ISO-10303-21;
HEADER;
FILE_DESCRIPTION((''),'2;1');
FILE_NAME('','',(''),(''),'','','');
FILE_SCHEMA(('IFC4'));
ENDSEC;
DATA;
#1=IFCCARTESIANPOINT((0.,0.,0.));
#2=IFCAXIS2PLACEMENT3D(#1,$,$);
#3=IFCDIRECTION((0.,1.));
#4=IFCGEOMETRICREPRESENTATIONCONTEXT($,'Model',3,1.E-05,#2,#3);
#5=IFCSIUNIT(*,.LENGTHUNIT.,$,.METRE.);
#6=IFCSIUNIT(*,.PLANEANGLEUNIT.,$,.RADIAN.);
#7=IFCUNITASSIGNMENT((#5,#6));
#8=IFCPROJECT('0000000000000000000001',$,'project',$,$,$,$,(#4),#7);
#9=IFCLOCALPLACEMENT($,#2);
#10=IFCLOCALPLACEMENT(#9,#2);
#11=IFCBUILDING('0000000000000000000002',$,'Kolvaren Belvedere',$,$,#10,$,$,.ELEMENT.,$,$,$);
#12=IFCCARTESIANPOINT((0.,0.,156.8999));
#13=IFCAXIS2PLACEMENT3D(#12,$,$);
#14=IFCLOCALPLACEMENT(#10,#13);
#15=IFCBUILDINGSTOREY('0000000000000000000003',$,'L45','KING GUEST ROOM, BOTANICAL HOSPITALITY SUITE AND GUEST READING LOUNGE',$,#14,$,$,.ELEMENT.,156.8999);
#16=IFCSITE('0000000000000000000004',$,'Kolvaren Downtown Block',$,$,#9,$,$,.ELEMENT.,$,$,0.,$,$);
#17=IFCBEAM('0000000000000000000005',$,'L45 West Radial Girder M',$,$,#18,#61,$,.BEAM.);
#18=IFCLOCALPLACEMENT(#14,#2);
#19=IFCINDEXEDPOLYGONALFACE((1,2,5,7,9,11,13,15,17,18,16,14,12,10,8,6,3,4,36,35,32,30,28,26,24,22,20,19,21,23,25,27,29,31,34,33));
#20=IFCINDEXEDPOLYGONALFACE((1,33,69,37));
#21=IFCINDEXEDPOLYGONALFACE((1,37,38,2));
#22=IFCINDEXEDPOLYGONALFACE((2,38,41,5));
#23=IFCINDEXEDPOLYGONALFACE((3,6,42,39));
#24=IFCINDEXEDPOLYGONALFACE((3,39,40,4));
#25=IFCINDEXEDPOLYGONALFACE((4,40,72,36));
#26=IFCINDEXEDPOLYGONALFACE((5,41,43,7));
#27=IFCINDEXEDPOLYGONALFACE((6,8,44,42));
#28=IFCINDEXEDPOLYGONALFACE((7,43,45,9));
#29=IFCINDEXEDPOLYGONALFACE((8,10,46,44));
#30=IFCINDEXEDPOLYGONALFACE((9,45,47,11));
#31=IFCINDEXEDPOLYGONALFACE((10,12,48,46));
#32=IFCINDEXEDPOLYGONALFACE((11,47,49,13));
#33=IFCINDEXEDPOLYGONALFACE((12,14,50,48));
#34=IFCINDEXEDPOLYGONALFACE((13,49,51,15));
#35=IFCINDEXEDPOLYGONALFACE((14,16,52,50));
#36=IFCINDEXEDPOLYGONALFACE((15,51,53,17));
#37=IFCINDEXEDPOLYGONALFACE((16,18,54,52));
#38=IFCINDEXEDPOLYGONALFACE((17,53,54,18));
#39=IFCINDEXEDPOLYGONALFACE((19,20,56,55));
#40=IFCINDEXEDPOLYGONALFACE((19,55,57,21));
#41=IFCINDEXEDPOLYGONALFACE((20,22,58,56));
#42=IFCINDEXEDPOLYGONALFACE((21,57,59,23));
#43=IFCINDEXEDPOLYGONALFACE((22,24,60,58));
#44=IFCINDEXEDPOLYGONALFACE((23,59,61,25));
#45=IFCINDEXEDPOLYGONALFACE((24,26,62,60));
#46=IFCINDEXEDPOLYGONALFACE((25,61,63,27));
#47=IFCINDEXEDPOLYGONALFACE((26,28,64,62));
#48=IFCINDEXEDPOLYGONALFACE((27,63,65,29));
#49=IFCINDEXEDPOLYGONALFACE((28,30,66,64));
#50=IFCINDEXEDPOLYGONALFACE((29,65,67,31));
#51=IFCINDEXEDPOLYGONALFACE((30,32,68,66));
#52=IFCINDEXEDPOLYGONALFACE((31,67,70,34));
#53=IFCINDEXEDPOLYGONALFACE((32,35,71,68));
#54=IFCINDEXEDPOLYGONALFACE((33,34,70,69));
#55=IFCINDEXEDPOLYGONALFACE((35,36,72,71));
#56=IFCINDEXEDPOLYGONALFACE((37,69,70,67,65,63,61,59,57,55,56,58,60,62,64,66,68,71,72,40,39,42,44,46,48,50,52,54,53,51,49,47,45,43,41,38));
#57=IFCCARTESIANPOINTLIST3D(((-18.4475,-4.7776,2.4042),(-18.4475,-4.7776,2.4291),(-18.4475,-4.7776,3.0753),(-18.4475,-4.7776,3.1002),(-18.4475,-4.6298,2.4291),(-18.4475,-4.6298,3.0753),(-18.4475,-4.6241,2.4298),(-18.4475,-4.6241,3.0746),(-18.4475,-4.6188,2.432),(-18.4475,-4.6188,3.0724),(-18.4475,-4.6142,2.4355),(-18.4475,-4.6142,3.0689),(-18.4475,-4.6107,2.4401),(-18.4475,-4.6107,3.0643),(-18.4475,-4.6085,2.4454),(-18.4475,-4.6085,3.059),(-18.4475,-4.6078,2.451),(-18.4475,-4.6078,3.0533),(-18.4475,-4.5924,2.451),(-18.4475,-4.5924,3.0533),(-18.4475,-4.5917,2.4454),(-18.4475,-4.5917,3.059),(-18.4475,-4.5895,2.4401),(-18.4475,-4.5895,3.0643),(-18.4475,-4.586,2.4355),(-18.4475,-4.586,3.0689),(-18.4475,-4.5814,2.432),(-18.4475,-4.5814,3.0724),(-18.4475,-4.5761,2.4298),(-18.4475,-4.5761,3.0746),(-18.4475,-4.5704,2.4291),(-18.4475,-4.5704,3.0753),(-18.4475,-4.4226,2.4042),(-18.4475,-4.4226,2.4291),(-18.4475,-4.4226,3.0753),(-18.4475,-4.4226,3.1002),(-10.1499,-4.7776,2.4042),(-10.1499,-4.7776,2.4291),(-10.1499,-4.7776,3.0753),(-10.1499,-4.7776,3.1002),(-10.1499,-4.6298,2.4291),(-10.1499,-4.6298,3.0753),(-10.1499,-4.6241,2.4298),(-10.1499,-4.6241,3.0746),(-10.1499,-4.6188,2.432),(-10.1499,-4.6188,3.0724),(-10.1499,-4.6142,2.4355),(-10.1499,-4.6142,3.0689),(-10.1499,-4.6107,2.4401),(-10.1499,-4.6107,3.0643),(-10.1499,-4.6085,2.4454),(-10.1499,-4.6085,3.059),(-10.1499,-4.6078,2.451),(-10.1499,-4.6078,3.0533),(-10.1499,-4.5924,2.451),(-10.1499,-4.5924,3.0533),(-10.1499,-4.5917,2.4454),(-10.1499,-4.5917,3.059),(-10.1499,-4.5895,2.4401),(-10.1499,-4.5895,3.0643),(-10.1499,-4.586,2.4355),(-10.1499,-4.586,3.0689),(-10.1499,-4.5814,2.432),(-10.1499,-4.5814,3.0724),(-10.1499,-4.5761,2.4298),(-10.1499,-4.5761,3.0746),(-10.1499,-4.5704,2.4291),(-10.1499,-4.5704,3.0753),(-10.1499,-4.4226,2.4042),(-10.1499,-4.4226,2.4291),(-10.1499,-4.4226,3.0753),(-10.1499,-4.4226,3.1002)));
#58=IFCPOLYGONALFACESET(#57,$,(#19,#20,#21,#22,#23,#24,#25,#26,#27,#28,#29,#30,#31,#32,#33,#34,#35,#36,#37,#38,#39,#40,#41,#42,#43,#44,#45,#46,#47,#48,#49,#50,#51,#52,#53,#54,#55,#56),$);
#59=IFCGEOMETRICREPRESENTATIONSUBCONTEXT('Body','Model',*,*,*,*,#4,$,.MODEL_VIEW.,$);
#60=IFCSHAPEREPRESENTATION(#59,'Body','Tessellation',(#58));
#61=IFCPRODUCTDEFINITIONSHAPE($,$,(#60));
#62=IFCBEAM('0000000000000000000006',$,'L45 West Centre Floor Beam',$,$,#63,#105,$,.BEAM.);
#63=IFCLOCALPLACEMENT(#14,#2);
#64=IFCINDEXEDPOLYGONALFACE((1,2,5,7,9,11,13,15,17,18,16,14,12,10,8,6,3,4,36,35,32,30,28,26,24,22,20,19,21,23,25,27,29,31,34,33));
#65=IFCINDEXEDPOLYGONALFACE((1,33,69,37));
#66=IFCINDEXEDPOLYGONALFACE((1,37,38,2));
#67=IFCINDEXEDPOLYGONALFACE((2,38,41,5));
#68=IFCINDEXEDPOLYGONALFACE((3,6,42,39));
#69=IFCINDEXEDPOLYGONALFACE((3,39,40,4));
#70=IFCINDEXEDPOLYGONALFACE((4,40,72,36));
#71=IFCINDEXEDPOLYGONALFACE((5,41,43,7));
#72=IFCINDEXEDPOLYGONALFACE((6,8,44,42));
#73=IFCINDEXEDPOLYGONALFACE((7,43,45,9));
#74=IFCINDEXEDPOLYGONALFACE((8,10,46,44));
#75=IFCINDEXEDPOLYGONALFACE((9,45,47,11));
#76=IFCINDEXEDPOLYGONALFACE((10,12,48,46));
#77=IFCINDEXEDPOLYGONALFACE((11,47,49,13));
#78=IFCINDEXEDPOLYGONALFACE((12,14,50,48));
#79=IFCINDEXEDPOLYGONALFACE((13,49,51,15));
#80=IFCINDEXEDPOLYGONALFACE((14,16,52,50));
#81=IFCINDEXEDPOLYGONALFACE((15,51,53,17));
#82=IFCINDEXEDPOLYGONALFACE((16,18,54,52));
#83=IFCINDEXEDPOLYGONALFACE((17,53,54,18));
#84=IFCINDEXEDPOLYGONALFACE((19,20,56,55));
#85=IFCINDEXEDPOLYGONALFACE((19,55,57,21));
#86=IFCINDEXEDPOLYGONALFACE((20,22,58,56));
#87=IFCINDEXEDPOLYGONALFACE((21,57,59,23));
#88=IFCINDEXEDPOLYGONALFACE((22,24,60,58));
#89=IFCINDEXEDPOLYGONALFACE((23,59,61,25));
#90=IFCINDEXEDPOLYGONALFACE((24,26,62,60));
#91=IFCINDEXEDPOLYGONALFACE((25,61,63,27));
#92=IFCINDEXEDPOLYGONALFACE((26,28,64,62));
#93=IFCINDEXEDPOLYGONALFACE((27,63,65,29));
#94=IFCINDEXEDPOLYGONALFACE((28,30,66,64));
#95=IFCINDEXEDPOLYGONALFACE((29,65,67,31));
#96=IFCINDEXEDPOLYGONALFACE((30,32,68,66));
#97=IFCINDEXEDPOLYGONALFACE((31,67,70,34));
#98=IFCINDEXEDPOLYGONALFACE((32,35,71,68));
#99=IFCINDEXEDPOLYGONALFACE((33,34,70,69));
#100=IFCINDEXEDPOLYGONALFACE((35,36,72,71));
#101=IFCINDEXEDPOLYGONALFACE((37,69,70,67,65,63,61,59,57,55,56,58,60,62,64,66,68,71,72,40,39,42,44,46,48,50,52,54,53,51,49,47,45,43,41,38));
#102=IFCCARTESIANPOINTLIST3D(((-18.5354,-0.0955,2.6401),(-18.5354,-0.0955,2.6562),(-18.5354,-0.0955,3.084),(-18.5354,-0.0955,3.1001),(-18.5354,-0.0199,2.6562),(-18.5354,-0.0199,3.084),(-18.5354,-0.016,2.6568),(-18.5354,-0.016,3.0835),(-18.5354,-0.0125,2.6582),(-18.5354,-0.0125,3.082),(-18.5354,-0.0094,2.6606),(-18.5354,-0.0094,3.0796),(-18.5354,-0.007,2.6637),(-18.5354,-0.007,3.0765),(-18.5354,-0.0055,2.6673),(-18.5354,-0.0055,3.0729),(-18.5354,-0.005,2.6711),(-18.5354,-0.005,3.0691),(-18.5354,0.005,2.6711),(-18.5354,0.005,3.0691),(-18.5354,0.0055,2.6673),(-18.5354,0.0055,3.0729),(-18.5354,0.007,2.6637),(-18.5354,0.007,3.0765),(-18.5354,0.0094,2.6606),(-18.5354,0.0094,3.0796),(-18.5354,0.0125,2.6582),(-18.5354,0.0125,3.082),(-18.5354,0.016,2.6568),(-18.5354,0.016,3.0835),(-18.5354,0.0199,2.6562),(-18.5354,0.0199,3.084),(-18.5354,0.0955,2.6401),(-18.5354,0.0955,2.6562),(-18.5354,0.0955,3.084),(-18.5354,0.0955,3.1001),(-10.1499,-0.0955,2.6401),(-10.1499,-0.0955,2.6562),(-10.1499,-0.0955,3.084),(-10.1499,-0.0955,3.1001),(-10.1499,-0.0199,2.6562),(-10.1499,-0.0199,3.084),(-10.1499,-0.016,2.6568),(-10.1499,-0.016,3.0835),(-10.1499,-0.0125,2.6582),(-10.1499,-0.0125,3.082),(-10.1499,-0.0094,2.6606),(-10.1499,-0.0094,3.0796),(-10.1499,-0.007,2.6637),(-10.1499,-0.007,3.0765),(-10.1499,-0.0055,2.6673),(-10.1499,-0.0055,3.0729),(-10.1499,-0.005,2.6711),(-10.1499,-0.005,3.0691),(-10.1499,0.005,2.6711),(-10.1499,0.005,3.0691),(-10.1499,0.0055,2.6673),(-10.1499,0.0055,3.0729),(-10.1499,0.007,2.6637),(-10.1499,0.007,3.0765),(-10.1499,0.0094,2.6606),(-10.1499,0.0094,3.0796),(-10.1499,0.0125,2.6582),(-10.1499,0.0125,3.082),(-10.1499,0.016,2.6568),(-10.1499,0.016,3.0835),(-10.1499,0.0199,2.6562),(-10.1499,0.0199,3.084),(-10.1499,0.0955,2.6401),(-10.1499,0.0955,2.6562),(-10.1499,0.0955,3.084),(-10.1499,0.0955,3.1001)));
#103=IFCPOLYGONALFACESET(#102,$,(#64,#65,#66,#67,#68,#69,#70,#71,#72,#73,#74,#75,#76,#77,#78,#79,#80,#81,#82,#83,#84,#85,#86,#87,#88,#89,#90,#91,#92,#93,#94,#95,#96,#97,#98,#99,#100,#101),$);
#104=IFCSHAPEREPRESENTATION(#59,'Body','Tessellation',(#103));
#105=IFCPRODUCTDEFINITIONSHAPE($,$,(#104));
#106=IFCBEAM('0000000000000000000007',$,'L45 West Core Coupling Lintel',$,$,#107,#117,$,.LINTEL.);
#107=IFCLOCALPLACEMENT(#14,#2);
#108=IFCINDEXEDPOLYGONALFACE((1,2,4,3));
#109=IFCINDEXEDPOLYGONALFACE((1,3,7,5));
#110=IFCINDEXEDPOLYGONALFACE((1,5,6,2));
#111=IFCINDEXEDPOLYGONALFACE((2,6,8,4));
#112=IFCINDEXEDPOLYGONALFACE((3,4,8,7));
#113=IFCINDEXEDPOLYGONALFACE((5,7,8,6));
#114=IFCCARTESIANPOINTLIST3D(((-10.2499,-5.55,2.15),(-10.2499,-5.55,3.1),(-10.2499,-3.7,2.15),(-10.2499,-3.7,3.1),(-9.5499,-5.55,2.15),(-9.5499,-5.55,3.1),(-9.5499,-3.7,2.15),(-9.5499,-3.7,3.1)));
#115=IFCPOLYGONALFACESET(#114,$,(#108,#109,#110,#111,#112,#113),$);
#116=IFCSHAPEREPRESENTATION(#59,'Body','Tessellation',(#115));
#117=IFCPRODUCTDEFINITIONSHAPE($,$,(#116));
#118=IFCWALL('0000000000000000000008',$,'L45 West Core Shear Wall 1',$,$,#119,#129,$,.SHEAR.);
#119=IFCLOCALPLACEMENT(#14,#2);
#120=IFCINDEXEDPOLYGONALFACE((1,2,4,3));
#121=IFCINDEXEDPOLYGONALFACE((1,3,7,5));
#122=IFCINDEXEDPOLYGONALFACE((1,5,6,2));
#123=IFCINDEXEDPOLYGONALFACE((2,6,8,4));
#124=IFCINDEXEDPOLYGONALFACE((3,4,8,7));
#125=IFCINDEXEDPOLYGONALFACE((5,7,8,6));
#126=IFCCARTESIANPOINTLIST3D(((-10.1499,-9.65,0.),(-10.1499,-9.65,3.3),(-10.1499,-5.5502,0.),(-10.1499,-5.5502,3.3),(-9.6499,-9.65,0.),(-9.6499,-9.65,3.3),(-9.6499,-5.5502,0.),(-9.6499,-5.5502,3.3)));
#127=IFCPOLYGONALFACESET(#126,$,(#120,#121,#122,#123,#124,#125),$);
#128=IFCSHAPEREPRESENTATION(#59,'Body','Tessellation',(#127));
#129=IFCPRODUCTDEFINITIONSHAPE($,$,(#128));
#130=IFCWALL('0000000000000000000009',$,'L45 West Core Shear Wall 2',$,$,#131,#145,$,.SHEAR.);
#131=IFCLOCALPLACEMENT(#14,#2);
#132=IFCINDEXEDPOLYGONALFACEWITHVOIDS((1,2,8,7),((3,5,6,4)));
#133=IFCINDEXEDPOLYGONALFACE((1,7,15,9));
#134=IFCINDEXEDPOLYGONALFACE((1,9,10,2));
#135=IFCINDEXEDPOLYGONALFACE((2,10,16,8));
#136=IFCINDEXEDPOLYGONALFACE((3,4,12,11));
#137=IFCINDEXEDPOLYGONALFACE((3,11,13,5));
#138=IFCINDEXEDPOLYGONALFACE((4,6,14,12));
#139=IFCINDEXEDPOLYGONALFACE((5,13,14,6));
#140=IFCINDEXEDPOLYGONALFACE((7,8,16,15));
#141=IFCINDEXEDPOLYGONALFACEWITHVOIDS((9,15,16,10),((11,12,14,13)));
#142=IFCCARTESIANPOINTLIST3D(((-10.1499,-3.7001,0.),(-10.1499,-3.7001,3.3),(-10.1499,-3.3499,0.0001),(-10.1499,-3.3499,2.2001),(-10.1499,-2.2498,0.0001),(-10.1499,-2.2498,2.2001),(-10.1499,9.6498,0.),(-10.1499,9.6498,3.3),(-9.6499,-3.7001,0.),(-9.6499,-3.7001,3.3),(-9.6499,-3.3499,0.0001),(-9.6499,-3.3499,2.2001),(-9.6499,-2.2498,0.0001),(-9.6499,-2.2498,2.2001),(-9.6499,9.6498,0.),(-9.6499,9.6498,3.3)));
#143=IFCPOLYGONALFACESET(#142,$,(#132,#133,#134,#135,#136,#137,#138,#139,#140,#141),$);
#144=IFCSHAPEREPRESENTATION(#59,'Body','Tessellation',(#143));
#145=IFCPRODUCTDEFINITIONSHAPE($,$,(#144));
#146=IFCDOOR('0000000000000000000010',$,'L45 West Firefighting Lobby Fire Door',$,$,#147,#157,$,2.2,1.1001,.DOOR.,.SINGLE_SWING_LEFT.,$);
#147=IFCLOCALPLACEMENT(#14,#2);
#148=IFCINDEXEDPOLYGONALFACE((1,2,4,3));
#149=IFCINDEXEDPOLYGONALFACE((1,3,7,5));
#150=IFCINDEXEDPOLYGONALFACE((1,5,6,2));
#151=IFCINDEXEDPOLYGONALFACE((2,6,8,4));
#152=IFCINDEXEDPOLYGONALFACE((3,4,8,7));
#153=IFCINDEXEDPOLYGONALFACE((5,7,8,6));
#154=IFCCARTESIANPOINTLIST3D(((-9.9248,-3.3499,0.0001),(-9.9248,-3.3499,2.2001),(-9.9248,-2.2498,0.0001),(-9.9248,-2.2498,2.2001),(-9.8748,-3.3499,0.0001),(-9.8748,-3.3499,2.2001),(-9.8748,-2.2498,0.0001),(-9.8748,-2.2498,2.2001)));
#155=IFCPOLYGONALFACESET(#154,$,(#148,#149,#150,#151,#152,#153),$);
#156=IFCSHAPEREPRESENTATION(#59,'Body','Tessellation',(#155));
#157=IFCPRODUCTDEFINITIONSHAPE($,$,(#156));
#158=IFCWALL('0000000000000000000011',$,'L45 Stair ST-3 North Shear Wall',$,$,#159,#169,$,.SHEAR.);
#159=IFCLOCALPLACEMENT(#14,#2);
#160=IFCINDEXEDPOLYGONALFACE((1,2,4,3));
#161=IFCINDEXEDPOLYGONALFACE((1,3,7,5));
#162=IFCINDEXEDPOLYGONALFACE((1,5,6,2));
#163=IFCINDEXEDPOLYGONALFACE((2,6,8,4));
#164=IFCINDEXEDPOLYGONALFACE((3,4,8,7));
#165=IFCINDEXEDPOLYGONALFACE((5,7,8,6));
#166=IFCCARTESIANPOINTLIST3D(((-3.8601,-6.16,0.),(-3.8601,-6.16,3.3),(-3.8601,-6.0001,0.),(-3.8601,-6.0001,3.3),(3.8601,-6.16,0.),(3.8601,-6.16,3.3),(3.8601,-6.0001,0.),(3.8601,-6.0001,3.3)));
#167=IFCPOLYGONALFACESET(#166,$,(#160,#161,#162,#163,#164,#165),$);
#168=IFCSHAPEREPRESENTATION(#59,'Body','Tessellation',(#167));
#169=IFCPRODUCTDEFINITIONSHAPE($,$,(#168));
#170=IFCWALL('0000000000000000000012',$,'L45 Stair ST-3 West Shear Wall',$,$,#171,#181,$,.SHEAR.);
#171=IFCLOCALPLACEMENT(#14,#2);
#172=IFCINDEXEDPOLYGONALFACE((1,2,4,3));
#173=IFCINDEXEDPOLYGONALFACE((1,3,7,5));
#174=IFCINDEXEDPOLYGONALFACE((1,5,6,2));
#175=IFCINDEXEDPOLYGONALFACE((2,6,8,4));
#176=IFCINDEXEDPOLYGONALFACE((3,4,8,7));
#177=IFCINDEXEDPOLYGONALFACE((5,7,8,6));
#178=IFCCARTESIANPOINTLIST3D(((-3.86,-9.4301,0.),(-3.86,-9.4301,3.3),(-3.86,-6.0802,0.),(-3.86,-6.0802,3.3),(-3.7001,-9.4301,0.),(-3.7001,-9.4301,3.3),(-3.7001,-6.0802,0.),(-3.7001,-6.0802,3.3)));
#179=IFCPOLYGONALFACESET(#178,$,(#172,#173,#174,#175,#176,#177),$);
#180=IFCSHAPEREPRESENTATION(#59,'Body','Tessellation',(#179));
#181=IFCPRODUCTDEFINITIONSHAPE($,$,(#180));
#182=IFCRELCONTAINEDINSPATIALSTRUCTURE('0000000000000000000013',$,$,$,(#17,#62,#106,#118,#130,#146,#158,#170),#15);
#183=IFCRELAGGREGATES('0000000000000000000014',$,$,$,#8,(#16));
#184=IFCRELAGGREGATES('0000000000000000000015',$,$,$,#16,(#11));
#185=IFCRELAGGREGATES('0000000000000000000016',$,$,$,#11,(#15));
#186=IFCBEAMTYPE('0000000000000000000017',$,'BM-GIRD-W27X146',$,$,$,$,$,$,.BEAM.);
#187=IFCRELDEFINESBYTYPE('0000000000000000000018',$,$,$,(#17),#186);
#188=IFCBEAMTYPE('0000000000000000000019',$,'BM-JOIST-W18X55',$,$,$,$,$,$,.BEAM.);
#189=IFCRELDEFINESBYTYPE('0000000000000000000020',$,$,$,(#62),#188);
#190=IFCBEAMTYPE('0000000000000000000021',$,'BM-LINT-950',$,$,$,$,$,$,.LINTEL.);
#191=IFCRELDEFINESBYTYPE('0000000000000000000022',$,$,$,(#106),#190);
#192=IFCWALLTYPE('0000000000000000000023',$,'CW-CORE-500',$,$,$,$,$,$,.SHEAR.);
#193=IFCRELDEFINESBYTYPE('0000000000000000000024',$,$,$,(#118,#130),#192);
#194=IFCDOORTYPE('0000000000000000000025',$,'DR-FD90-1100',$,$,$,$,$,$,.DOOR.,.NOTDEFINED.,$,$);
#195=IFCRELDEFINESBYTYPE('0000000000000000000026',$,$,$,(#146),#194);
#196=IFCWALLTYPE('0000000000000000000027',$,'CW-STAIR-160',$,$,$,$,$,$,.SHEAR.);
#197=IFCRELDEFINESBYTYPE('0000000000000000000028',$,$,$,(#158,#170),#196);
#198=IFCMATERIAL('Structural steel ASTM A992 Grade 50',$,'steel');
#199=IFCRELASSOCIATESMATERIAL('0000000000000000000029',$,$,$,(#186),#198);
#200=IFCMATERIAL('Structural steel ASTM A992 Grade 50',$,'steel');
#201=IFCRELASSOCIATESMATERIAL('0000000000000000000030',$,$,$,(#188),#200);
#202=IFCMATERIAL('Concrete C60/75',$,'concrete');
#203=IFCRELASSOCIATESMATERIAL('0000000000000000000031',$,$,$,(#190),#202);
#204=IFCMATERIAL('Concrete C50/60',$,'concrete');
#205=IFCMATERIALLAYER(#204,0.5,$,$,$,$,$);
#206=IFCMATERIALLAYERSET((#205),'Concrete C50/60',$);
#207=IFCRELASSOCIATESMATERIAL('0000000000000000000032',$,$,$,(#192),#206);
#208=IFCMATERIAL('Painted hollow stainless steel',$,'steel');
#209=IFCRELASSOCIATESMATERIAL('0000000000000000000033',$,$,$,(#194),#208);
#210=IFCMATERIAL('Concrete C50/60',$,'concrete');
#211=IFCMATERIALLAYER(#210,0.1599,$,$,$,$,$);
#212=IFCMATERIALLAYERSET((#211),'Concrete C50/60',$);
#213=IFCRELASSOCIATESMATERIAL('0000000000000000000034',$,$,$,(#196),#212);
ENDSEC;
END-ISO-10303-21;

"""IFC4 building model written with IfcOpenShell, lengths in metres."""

from ifc_helpers import new_model, si_unit, direction, frame, frame_2d, origin, origin_2d, place, context, subcontext, project, spatial, rectangle, i_section, extrude, material, layer, layer_set, material_profile, profile_set, type_object, element, fill, save


model = new_model("IFC4")

# Units and contexts
model_context = context("Model", 3, precision=1e-05, world=origin(), true_north=direction((0.0, 1.0)))
body_context = subcontext(model_context, "Body", "Model", "MODEL_VIEW")
ifc_project = project(units=[si_unit("LENGTHUNIT", "METRE"), si_unit("PLANEANGLEUNIT", "RADIAN")], contexts=[model_context])

# Site, building, storey
site_placement = place(None, origin())
site = spatial("IfcSite", under=ifc_project, at=site_placement, Name="Kolvaren Downtown Block", CompositionType="ELEMENT", RefElevation=0.0)
building_placement = place(site_placement, origin())
building = spatial("IfcBuilding", under=site, at=building_placement, Name="Kolvaren Belvedere", CompositionType="ELEMENT")
storey_placement = place(building_placement, frame((0.0, 0.0, 156.8999)))
storey = spatial("IfcBuildingStorey", under=building, at=storey_placement, Name="L45", Description="KING GUEST ROOM, BOTANICAL HOSPITALITY SUITE AND GUEST READING LOUNGE", CompositionType="ELEMENT", Elevation=156.8999)

# Beams
ifc_material_1 = material(Name="Structural steel ASTM A992 Grade 50", Category="steel")
ifc_material_profile_1 = material_profile(ifc_material_1, i_section(OverallWidth=0.355, OverallDepth=0.696, WebThickness=0.0154, FlangeThickness=0.0249, FilletRadius=0.022, at=origin_2d()), Name="W27X146")
ifc_profile_set_1 = profile_set([ifc_material_profile_1], Name="Structural steel ASTM A992 Grade 50")
beam_type_1 = type_object("IfcBeamType", Name="BM-GIRD-W27X146", PredefinedType="BEAM", material=ifc_profile_set_1)
beam_1_placement = place(storey_placement, frame((-10.1499, -4.6001, 2.7522), z_axis=(-1.0, 0.0, 0.0), x_axis=(0.0, -1.0, 0.0)))
element("IfcBeam", 1, at=beam_1_placement, inside=storey, type_object=beam_type_1, Name="L45 West Radial Girder M", PredefinedType="BEAM", context=body_context, shape_type="SweptSolid", body=[
    extrude(i_section(OverallWidth=0.355, OverallDepth=0.696, WebThickness=0.0154, FlangeThickness=0.0249, FilletRadius=0.022, at=origin_2d()), origin(), (0.0, 0.0, 1.0), 8.2976),
])
ifc_material_2 = material(Name="Structural steel ASTM A992 Grade 50", Category="steel")
ifc_material_profile_2 = material_profile(ifc_material_2, i_section(OverallWidth=0.1909, OverallDepth=0.46, WebThickness=0.01, FlangeThickness=0.0161, FilletRadius=0.0149, at=origin_2d()), Name="W18X55")
ifc_profile_set_2 = profile_set([ifc_material_profile_2], Name="Structural steel ASTM A992 Grade 50")
beam_type_2 = type_object("IfcBeamType", Name="BM-JOIST-W18X55", PredefinedType="BEAM", material=ifc_profile_set_2)
beam_2_placement = place(storey_placement, frame((-10.1499, 0.0, 2.8701), z_axis=(-1.0, 0.0, 0.0), x_axis=(0.0, -1.0, 0.0)))
element("IfcBeam", 2, at=beam_2_placement, inside=storey, type_object=beam_type_2, Name="L45 West Centre Floor Beam", PredefinedType="BEAM", context=body_context, shape_type="SweptSolid", body=[
    extrude(i_section(OverallWidth=0.1909, OverallDepth=0.46, WebThickness=0.01, FlangeThickness=0.0161, FilletRadius=0.0149, at=origin_2d()), origin(), (0.0, 0.0, 1.0), 8.3855),
])
ifc_material_3 = material(Name="Concrete C60/75", Category="concrete")
ifc_material_profile_3 = material_profile(ifc_material_3, rectangle(XDim=0.7, YDim=0.95, at=origin_2d()), Name="RC 700X950")
ifc_profile_set_3 = profile_set([ifc_material_profile_3], Name="Concrete C60/75")
beam_type_3 = type_object("IfcBeamType", Name="BM-LINT-950", PredefinedType="LINTEL", material=ifc_profile_set_3)
beam_3_placement = place(storey_placement, frame((-9.8999, -5.55, 2.625), z_axis=(0.0, 1.0, 0.0), x_axis=(-1.0, 0.0, 0.0)))
element("IfcBeam", 3, at=beam_3_placement, inside=storey, type_object=beam_type_3, Name="L45 West Core Coupling Lintel", PredefinedType="LINTEL", context=body_context, shape_type="SweptSolid", body=[
    extrude(rectangle(XDim=0.7, YDim=0.95, at=origin_2d()), origin(), (0.0, 0.0, 1.0), 1.8501),
])

# Wall
ifc_material_4 = material(Name="Concrete C50/60", Category="concrete")
ifc_layer_1 = layer(ifc_material_4, 0.5)
ifc_layer_set_1 = layer_set([ifc_layer_1], Name="Concrete C50/60")
wall_type_1 = type_object("IfcWallType", Name="CW-CORE-500", PredefinedType="SHEAR", material=ifc_layer_set_1)
wall_1_placement = place(storey_placement, frame((-9.8999, -9.6499, 0.0), z_axis=(0.0, 0.0, 1.0), x_axis=(0.0, 1.0, 0.0)))
element("IfcWall", 4, at=wall_1_placement, inside=storey, type_object=wall_type_1, Name="L45 West Core Shear Wall 1", PredefinedType="SHEAR", context=body_context, shape_type="SweptSolid", body=[
    extrude(rectangle(XDim=4.0999, YDim=0.5, at=frame_2d((2.0498, 0.0))), origin(), (0.0, 0.0, 1.0), 3.3),
])

# Wall, opening, door
wall_2_placement = place(storey_placement, frame((-9.8999, -3.7, 0.0), z_axis=(0.0, 0.0, 1.0), x_axis=(0.0, 1.0, 0.0)))
wall_2 = element("IfcWall", 5, at=wall_2_placement, inside=storey, type_object=wall_type_1, Name="L45 West Core Shear Wall 2", PredefinedType="SHEAR", context=body_context, shape_type="SweptSolid", body=[
    extrude(rectangle(XDim=13.3499, YDim=0.5, at=frame_2d((6.6748, 0.0))), origin(), (0.0, 0.0, 1.0), 3.3),
])
opening_1_placement = place(wall_2_placement, frame((0.3501, 0.0, 0.0)))
opening_1 = element("IfcOpeningElement", 6, at=opening_1_placement, cuts=wall_2, PredefinedType="OPENING", context=body_context, shape_type="SweptSolid", body=[
    extrude(rectangle(XDim=1.1001, YDim=2.2, at=frame_2d((0.55, 1.1001))), frame((0.0, 0.26, 0.0), z_axis=(0.0, -1.0, 0.0), x_axis=(1.0, 0.0, 0.0)), (0.0, 0.0, 1.0), 0.52),
])
ifc_material_5 = material(Name="Painted hollow stainless steel", Category="steel")
door_type_1 = type_object("IfcDoorType", Name="DR-FD90-1100", OperationType="NOTDEFINED", PredefinedType="DOOR", material=ifc_material_5)
door_1_placement = place(opening_1_placement, origin())
door_1 = element("IfcDoor", 7, at=door_1_placement, inside=storey, type_object=door_type_1, Name="L45 West Firefighting Lobby Fire Door", OperationType="SINGLE_SWING_LEFT", OverallHeight=2.2, OverallWidth=1.1001, PredefinedType="DOOR", context=body_context, shape_type="SweptSolid", body=[
    extrude(rectangle(XDim=1.1001, YDim=2.2, at=frame_2d((0.55, 1.1001))), frame((0.0, 0.0249, 0.0), z_axis=(0.0, -1.0, 0.0), x_axis=(1.0, 0.0, 0.0)), (0.0, 0.0, 1.0), 0.05),
])
fill(opening_1, door_1)

# Walls
ifc_material_6 = material(Name="Concrete C50/60", Category="concrete")
ifc_layer_2 = layer(ifc_material_6, 0.1599)
ifc_layer_set_2 = layer_set([ifc_layer_2], Name="Concrete C50/60")
wall_type_2 = type_object("IfcWallType", Name="CW-STAIR-160", PredefinedType="SHEAR", material=ifc_layer_set_2)
wall_3_placement = place(storey_placement, frame((-3.8601, -6.0801, 0.0), z_axis=(0.0, 0.0, 1.0), x_axis=(1.0, 0.0, 0.0)))
element("IfcWall", 8, at=wall_3_placement, inside=storey, type_object=wall_type_2, Name="L45 Stair ST-3 North Shear Wall", PredefinedType="SHEAR", context=body_context, shape_type="SweptSolid", body=[
    extrude(rectangle(XDim=7.7202, YDim=0.1599, at=frame_2d((3.8601, 0.0))), origin(), (0.0, 0.0, 1.0), 3.3),
])
wall_4_placement = place(storey_placement, frame((-3.78, -9.4299, 0.0), z_axis=(0.0, 0.0, 1.0), x_axis=(0.0, 1.0, 0.0)))
element("IfcWall", 9, at=wall_4_placement, inside=storey, type_object=wall_type_2, Name="L45 Stair ST-3 West Shear Wall", PredefinedType="SHEAR", context=body_context, shape_type="SweptSolid", body=[
    extrude(rectangle(XDim=3.3499, YDim=0.1599, at=frame_2d((1.6748, 0.0))), origin(), (0.0, 0.0, 1.0), 3.3),
])

save(model, "model.ifc")
